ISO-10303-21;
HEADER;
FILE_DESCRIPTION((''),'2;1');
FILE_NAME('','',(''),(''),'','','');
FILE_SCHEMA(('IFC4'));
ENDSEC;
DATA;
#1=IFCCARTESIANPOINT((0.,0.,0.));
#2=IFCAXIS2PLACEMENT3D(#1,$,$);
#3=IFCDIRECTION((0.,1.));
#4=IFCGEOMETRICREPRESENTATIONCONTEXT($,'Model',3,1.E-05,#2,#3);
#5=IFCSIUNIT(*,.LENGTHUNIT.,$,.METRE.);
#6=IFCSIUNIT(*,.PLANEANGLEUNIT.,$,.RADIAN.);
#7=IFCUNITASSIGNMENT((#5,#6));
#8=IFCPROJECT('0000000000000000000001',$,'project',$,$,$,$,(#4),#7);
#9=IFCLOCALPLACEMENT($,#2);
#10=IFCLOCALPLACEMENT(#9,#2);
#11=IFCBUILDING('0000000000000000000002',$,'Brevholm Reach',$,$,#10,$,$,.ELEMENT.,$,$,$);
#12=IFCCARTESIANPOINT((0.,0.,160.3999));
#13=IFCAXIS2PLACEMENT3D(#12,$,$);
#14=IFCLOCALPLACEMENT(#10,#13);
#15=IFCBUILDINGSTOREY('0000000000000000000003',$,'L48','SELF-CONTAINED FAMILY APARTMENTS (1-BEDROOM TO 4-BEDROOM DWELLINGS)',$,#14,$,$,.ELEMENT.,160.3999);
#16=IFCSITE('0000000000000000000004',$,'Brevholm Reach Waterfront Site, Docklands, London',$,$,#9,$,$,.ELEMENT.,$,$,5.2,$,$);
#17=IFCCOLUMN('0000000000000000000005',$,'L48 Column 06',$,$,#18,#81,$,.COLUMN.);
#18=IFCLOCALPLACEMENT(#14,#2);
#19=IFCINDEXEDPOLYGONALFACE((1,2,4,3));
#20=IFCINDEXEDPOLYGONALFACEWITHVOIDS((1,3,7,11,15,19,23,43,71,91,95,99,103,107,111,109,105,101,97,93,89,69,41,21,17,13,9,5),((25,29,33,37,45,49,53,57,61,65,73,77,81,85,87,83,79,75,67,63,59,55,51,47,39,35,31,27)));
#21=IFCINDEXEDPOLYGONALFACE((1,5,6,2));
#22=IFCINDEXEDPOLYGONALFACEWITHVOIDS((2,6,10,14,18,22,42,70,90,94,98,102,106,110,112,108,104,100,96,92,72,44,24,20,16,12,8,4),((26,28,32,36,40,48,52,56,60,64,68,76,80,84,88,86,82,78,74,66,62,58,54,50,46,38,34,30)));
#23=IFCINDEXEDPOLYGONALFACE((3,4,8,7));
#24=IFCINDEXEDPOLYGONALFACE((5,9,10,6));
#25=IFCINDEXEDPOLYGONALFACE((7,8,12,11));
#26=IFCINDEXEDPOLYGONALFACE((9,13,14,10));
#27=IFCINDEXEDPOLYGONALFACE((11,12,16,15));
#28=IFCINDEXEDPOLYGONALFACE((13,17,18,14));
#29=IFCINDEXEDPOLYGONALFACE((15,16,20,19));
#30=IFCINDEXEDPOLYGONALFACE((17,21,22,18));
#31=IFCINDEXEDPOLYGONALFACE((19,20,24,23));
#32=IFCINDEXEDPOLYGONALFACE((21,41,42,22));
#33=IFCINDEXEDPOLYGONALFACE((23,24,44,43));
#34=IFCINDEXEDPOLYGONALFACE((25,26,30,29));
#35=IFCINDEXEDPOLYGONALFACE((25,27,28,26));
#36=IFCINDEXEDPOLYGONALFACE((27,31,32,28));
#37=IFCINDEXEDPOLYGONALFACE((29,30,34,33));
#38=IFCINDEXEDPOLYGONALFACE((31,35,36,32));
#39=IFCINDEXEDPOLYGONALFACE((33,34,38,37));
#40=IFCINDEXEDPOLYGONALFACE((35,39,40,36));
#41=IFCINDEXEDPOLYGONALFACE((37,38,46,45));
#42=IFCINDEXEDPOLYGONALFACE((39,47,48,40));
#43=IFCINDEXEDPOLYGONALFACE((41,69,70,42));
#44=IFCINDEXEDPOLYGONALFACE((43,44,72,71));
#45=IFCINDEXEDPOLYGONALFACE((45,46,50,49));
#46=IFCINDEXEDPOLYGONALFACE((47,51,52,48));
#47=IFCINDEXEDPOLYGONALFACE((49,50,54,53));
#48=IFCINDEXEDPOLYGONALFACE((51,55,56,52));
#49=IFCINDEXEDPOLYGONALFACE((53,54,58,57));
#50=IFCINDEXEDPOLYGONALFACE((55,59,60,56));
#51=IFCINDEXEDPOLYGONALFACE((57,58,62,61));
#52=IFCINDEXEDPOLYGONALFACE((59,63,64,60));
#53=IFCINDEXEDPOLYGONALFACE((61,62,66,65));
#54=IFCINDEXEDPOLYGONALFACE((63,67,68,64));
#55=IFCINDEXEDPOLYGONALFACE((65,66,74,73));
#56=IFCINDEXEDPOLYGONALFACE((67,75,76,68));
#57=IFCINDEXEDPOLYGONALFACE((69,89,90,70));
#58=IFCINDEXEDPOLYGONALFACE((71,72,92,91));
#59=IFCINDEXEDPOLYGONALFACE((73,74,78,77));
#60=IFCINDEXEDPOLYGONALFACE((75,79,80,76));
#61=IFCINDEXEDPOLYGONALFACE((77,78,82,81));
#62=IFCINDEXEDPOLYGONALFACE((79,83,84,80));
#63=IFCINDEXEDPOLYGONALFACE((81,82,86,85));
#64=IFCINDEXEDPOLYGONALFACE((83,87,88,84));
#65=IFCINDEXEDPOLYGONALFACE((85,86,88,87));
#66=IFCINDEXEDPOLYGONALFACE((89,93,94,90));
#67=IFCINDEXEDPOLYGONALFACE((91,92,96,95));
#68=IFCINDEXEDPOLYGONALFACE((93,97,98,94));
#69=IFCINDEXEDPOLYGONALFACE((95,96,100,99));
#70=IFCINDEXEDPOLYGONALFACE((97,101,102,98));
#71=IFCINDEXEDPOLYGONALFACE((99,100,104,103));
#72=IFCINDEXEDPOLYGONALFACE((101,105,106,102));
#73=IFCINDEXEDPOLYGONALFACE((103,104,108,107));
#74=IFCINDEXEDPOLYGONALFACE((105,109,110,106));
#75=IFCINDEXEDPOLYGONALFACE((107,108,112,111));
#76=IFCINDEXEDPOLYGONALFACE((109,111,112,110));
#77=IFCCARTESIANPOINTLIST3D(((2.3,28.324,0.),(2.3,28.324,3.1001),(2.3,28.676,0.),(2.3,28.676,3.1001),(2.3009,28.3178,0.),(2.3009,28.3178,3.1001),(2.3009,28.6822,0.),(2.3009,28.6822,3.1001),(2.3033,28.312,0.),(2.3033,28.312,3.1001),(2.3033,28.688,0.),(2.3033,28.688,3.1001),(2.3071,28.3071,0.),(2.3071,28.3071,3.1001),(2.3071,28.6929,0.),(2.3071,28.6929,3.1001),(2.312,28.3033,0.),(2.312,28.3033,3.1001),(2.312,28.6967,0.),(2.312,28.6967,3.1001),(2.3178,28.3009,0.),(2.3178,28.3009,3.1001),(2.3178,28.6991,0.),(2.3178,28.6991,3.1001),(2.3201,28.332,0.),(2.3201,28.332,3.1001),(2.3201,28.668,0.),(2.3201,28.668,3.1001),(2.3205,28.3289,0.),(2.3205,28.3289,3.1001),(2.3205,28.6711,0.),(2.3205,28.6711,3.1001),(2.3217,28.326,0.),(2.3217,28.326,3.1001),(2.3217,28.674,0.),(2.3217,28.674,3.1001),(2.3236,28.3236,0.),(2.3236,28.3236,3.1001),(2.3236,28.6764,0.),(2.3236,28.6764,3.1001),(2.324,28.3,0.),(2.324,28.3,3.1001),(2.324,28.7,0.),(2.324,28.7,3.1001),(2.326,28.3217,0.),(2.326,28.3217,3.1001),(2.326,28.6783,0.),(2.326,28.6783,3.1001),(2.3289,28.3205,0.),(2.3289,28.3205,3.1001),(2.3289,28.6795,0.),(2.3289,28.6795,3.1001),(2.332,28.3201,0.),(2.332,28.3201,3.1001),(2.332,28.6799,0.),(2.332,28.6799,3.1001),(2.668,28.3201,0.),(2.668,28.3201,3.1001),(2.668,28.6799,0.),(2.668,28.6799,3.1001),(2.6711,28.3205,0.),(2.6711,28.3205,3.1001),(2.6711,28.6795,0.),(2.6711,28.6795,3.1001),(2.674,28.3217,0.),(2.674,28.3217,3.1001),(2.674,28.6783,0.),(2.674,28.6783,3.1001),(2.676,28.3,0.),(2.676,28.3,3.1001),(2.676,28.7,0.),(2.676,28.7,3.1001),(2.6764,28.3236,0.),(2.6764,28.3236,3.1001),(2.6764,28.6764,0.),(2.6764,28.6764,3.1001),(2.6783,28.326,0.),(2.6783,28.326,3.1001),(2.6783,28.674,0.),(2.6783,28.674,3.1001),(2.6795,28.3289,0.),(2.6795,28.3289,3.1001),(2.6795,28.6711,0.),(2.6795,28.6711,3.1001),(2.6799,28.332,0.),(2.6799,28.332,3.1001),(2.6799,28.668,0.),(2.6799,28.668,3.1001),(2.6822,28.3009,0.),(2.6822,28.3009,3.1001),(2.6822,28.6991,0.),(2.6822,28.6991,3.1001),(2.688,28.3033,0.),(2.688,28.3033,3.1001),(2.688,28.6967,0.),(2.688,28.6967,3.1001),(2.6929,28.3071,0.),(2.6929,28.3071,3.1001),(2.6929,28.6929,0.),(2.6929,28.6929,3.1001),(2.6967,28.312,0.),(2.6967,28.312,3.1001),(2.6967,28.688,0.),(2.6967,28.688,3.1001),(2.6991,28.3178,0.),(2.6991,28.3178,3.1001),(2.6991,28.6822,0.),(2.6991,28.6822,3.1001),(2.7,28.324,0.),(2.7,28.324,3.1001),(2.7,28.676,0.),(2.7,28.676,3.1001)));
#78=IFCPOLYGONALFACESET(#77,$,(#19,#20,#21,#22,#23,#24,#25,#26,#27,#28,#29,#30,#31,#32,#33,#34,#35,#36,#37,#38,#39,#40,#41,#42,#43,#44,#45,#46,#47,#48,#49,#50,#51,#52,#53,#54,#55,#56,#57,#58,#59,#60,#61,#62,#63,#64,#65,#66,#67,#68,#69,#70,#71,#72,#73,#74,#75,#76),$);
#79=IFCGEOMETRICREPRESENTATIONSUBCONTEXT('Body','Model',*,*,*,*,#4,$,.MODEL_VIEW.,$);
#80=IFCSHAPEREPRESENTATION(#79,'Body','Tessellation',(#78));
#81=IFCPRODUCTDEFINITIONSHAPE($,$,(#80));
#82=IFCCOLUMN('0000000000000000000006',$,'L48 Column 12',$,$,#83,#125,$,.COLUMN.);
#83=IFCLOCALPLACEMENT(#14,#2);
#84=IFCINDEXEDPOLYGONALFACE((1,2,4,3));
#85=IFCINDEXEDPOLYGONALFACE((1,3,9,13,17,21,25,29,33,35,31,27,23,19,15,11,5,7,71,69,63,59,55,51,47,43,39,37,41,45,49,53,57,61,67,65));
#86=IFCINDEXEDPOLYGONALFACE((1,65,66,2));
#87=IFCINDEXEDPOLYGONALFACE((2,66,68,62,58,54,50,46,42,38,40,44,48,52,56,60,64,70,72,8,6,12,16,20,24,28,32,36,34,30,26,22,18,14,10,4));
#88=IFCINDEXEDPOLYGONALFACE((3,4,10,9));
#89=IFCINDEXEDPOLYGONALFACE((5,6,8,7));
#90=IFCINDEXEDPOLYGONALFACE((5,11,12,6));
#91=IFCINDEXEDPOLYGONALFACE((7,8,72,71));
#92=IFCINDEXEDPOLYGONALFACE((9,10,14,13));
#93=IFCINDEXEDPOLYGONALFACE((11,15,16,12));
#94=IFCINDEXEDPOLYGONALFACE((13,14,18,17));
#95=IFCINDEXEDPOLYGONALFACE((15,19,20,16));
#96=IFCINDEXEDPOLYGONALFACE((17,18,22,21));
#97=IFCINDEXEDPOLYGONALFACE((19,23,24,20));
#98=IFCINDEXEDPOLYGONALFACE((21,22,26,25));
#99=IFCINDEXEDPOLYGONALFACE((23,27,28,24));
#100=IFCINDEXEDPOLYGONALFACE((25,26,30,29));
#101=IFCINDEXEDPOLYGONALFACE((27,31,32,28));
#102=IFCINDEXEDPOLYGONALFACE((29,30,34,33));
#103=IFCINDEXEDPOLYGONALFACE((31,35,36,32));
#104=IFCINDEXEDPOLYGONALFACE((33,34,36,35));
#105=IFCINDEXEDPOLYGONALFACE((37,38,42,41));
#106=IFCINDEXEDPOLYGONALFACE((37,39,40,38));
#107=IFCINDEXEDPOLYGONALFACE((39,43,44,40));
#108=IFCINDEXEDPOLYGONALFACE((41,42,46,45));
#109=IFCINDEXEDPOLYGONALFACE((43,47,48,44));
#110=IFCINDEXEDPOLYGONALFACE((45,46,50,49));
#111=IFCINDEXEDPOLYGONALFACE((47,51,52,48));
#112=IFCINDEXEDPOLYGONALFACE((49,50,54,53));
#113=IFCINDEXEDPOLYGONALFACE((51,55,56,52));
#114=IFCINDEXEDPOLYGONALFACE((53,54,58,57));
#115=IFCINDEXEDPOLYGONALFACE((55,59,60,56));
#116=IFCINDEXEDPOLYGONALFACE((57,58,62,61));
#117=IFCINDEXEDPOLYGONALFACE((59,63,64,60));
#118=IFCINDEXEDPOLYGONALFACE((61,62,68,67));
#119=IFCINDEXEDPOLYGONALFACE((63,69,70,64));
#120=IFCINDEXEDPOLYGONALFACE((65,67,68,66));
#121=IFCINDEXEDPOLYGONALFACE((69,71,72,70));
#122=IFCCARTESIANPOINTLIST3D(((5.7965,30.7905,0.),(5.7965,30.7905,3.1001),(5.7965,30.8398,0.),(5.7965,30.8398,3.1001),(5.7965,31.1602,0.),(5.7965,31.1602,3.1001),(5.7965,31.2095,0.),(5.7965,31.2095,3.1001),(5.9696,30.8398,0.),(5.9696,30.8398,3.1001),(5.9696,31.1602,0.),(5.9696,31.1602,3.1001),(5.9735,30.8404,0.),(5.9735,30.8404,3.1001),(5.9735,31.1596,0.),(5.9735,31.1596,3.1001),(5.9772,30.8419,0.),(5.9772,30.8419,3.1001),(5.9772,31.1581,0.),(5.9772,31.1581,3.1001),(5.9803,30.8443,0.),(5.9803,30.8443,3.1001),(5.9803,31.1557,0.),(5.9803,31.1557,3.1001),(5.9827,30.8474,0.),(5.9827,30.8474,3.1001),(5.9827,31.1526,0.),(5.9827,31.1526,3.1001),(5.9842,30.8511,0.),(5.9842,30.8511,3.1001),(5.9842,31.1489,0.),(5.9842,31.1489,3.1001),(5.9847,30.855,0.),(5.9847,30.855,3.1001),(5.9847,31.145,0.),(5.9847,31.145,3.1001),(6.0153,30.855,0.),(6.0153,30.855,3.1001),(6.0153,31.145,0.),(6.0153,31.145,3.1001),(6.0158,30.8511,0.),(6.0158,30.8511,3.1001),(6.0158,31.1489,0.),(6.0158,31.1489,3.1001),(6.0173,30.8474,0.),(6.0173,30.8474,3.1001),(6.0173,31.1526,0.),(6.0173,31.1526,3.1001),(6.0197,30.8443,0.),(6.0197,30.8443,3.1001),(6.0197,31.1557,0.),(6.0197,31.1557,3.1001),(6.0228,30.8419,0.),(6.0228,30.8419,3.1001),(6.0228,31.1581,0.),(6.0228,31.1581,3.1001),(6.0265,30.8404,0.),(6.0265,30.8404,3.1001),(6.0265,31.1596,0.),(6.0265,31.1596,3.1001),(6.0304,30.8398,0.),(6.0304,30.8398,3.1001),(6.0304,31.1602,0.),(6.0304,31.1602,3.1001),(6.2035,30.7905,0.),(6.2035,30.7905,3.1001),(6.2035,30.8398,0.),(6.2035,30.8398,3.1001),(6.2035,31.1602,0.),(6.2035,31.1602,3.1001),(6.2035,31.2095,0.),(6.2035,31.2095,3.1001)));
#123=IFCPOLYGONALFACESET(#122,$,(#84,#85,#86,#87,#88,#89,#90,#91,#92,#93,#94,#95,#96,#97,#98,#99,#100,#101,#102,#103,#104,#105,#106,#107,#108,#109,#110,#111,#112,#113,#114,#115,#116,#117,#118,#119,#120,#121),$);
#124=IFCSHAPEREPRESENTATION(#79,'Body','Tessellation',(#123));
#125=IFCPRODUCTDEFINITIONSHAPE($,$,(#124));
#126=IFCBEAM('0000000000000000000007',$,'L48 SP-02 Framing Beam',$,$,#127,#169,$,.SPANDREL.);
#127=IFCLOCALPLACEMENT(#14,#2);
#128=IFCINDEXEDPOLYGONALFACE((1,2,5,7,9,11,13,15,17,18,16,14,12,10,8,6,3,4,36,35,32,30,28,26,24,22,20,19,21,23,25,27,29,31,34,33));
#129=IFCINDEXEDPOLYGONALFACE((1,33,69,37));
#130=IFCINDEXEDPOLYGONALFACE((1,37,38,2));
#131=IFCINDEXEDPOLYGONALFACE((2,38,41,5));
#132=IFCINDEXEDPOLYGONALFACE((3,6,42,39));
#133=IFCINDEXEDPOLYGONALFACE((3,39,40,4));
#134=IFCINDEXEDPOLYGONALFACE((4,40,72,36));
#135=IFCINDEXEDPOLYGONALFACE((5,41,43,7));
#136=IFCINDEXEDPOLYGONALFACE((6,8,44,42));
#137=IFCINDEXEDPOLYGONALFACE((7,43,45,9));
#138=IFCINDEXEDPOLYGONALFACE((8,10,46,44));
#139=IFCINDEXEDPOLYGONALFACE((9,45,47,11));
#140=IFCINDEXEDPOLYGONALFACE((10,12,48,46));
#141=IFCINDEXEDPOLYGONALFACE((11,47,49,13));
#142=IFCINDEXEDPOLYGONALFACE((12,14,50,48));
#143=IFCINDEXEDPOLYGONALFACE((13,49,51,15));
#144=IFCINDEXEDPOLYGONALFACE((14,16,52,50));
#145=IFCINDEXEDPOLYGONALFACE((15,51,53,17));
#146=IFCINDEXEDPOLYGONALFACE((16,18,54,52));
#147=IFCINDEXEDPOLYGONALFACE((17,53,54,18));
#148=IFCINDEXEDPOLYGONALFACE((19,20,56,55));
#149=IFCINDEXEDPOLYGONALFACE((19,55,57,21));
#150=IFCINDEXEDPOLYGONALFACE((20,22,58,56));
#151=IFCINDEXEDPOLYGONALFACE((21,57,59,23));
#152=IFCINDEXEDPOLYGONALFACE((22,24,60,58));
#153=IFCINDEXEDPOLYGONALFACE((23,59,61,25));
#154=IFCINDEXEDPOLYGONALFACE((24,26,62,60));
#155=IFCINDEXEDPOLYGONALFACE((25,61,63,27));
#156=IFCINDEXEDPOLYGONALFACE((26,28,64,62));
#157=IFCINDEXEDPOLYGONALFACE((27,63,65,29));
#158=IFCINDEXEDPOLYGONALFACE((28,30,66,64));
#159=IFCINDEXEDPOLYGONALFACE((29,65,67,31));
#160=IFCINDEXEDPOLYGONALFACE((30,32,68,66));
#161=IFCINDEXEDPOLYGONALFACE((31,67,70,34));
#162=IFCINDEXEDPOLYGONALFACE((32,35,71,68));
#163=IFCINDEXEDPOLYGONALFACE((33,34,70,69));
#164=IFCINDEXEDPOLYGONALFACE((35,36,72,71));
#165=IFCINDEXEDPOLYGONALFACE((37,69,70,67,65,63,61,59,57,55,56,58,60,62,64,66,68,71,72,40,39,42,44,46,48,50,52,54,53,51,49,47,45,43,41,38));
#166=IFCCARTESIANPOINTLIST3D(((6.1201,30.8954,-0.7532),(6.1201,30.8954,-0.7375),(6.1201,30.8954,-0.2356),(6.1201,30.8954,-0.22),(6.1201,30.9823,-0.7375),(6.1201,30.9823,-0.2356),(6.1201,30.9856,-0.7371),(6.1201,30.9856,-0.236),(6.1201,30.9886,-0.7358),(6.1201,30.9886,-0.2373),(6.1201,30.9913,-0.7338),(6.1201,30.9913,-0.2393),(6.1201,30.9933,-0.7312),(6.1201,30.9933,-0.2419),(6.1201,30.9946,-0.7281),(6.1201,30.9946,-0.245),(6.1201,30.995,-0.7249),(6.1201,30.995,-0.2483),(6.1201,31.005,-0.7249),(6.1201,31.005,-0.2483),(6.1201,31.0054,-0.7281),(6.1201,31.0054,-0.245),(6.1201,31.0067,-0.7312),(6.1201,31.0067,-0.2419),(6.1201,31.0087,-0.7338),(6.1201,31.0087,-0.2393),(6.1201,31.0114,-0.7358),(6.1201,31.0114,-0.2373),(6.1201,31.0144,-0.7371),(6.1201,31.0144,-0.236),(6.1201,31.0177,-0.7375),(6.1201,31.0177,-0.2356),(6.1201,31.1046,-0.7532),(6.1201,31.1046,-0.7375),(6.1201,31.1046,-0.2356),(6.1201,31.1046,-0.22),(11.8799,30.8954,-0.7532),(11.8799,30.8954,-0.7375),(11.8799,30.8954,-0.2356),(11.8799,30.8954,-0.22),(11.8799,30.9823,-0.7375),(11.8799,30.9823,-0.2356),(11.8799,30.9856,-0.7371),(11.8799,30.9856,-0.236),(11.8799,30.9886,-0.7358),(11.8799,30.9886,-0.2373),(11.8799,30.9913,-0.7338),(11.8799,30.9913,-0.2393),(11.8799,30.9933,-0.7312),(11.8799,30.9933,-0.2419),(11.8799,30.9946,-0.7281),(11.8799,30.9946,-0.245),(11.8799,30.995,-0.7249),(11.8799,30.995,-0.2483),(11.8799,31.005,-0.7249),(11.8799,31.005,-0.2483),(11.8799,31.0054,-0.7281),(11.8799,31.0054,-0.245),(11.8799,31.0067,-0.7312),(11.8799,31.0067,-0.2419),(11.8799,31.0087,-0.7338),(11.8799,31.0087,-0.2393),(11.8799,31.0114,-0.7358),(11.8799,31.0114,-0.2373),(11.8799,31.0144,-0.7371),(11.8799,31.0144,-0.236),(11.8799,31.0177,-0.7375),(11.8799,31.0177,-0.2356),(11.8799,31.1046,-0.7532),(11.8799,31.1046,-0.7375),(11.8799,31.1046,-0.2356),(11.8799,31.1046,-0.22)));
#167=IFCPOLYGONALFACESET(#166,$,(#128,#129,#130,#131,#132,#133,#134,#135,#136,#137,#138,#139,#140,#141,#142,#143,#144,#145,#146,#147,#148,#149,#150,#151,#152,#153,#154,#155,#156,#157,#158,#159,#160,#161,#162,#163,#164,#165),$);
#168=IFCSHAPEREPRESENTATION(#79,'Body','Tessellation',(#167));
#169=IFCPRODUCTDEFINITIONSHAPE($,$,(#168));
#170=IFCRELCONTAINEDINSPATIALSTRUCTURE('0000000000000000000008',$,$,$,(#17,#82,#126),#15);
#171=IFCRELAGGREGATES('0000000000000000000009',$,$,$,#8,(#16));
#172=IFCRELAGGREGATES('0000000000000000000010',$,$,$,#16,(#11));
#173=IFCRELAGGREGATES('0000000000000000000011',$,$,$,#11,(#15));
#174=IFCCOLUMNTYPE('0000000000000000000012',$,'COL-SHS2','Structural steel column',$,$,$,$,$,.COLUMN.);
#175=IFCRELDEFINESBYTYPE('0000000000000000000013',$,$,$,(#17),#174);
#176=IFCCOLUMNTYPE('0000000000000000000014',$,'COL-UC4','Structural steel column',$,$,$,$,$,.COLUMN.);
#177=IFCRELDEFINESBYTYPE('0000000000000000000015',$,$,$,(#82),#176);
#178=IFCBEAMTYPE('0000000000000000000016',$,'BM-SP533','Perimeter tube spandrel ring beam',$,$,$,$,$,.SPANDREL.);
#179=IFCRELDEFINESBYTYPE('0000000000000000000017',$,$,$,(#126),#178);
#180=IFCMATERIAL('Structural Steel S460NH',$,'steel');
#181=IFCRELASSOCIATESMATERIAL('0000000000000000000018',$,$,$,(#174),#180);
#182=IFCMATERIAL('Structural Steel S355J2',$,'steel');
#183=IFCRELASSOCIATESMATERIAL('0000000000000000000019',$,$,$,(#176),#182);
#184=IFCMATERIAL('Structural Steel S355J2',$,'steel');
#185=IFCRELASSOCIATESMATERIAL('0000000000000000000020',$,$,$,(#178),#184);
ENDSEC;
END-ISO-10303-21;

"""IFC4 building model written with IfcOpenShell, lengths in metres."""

from ifc_helpers import new_model, si_unit, direction, frame, origin, origin_2d, place, context, subcontext, project, spatial, hollow_rectangle, i_section, extrude, material, material_profile, profile_set, type_object, element, save


model = new_model("IFC4")

# Units and contexts
model_context = context("Model", 3, precision=1e-05, world=origin(), true_north=direction((0.0, 1.0)))
body_context = subcontext(model_context, "Body", "Model", "MODEL_VIEW")
ifc_project = project(units=[si_unit("LENGTHUNIT", "METRE"), si_unit("PLANEANGLEUNIT", "RADIAN")], contexts=[model_context])

# Site, building, storey
site_placement = place(None, origin())
site = spatial("IfcSite", under=ifc_project, at=site_placement, Name="Brevholm Reach Waterfront Site, Docklands, London", CompositionType="ELEMENT", RefElevation=5.2)
building_placement = place(site_placement, origin())
building = spatial("IfcBuilding", under=site, at=building_placement, Name="Brevholm Reach", CompositionType="ELEMENT")
storey_placement = place(building_placement, frame((0.0, 0.0, 160.3999)))
storey = spatial("IfcBuildingStorey", under=building, at=storey_placement, Name="L48", Description="SELF-CONTAINED FAMILY APARTMENTS (1-BEDROOM TO 4-BEDROOM DWELLINGS)", CompositionType="ELEMENT", Elevation=160.3999)

# Columns
ifc_material_1 = material(Name="Structural Steel S460NH", Category="steel")
ifc_material_profile_1 = material_profile(ifc_material_1, hollow_rectangle(XDim=0.3999, YDim=0.3999, WallThickness=0.02, InnerFilletRadius=0.012, OuterFilletRadius=0.0239, at=origin_2d()), Name="SHS 400x400x20")
ifc_profile_set_1 = profile_set([ifc_material_profile_1], Name="Structural Steel S460NH")
column_type_1 = type_object("IfcColumnType", Name="COL-SHS2", Description="Structural steel column", PredefinedType="COLUMN", material=ifc_profile_set_1)
column_1_placement = place(storey_placement, frame((2.5, 28.5, 0.0), z_axis=(0.0, 0.0, 1.0), x_axis=(1.0, 0.0, 0.0)))
element("IfcColumn", 1, at=column_1_placement, inside=storey, type_object=column_type_1, Name="L48 Column 06", PredefinedType="COLUMN", context=body_context, shape_type="SweptSolid", body=[
    extrude(hollow_rectangle(XDim=0.3999, YDim=0.3999, WallThickness=0.02, InnerFilletRadius=0.012, OuterFilletRadius=0.0239, at=origin_2d()), origin(), (0.0, 0.0, 1.0), 3.1001),
])
ifc_material_2 = material(Name="Structural Steel S355J2", Category="steel")
ifc_material_profile_2 = material_profile(ifc_material_2, i_section(OverallWidth=0.407, OverallDepth=0.4189, WebThickness=0.0305, FlangeThickness=0.0493, FilletRadius=0.0151, at=origin_2d()), Name="UKC 356x406x393")
ifc_profile_set_2 = profile_set([ifc_material_profile_2], Name="Structural Steel S355J2")
column_type_2 = type_object("IfcColumnType", Name="COL-UC4", Description="Structural steel column", PredefinedType="COLUMN", material=ifc_profile_set_2)
column_2_placement = place(storey_placement, frame((6.0, 31.0, 0.0), z_axis=(0.0, 0.0, 1.0), x_axis=(1.0, 0.0, 0.0)))
element("IfcColumn", 2, at=column_2_placement, inside=storey, type_object=column_type_2, Name="L48 Column 12", PredefinedType="COLUMN", context=body_context, shape_type="SweptSolid", body=[
    extrude(i_section(OverallWidth=0.407, OverallDepth=0.4189, WebThickness=0.0305, FlangeThickness=0.0493, FilletRadius=0.0151, at=origin_2d()), origin(), (0.0, 0.0, 1.0), 3.1001),
])

# Beam
ifc_material_3 = material(Name="Structural Steel S355J2", Category="steel")
ifc_material_profile_3 = material_profile(ifc_material_3, i_section(OverallWidth=0.2092, OverallDepth=0.5332, WebThickness=0.01, FlangeThickness=0.0156, FilletRadius=0.0127, at=origin_2d()), Name="UKB 533x210x92")
ifc_profile_set_3 = profile_set([ifc_material_profile_3], Name="Structural Steel S355J2")
beam_type_1 = type_object("IfcBeamType", Name="BM-SP533", Description="Perimeter tube spandrel ring beam", PredefinedType="SPANDREL", material=ifc_profile_set_3)
beam_1_placement = place(storey_placement, frame((6.1201, 31.0, -0.4866), z_axis=(1.0, 0.0, 0.0), x_axis=(0.0, 1.0, 0.0)))
element("IfcBeam", 3, at=beam_1_placement, inside=storey, type_object=beam_type_1, Name="L48 SP-02 Framing Beam", PredefinedType="SPANDREL", context=body_context, shape_type="SweptSolid", body=[
    extrude(i_section(OverallWidth=0.2092, OverallDepth=0.5332, WebThickness=0.01, FlangeThickness=0.0156, FilletRadius=0.0127, at=origin_2d()), origin(), (0.0, 0.0, 1.0), 5.7598),
])

save(model, "model.ifc")
